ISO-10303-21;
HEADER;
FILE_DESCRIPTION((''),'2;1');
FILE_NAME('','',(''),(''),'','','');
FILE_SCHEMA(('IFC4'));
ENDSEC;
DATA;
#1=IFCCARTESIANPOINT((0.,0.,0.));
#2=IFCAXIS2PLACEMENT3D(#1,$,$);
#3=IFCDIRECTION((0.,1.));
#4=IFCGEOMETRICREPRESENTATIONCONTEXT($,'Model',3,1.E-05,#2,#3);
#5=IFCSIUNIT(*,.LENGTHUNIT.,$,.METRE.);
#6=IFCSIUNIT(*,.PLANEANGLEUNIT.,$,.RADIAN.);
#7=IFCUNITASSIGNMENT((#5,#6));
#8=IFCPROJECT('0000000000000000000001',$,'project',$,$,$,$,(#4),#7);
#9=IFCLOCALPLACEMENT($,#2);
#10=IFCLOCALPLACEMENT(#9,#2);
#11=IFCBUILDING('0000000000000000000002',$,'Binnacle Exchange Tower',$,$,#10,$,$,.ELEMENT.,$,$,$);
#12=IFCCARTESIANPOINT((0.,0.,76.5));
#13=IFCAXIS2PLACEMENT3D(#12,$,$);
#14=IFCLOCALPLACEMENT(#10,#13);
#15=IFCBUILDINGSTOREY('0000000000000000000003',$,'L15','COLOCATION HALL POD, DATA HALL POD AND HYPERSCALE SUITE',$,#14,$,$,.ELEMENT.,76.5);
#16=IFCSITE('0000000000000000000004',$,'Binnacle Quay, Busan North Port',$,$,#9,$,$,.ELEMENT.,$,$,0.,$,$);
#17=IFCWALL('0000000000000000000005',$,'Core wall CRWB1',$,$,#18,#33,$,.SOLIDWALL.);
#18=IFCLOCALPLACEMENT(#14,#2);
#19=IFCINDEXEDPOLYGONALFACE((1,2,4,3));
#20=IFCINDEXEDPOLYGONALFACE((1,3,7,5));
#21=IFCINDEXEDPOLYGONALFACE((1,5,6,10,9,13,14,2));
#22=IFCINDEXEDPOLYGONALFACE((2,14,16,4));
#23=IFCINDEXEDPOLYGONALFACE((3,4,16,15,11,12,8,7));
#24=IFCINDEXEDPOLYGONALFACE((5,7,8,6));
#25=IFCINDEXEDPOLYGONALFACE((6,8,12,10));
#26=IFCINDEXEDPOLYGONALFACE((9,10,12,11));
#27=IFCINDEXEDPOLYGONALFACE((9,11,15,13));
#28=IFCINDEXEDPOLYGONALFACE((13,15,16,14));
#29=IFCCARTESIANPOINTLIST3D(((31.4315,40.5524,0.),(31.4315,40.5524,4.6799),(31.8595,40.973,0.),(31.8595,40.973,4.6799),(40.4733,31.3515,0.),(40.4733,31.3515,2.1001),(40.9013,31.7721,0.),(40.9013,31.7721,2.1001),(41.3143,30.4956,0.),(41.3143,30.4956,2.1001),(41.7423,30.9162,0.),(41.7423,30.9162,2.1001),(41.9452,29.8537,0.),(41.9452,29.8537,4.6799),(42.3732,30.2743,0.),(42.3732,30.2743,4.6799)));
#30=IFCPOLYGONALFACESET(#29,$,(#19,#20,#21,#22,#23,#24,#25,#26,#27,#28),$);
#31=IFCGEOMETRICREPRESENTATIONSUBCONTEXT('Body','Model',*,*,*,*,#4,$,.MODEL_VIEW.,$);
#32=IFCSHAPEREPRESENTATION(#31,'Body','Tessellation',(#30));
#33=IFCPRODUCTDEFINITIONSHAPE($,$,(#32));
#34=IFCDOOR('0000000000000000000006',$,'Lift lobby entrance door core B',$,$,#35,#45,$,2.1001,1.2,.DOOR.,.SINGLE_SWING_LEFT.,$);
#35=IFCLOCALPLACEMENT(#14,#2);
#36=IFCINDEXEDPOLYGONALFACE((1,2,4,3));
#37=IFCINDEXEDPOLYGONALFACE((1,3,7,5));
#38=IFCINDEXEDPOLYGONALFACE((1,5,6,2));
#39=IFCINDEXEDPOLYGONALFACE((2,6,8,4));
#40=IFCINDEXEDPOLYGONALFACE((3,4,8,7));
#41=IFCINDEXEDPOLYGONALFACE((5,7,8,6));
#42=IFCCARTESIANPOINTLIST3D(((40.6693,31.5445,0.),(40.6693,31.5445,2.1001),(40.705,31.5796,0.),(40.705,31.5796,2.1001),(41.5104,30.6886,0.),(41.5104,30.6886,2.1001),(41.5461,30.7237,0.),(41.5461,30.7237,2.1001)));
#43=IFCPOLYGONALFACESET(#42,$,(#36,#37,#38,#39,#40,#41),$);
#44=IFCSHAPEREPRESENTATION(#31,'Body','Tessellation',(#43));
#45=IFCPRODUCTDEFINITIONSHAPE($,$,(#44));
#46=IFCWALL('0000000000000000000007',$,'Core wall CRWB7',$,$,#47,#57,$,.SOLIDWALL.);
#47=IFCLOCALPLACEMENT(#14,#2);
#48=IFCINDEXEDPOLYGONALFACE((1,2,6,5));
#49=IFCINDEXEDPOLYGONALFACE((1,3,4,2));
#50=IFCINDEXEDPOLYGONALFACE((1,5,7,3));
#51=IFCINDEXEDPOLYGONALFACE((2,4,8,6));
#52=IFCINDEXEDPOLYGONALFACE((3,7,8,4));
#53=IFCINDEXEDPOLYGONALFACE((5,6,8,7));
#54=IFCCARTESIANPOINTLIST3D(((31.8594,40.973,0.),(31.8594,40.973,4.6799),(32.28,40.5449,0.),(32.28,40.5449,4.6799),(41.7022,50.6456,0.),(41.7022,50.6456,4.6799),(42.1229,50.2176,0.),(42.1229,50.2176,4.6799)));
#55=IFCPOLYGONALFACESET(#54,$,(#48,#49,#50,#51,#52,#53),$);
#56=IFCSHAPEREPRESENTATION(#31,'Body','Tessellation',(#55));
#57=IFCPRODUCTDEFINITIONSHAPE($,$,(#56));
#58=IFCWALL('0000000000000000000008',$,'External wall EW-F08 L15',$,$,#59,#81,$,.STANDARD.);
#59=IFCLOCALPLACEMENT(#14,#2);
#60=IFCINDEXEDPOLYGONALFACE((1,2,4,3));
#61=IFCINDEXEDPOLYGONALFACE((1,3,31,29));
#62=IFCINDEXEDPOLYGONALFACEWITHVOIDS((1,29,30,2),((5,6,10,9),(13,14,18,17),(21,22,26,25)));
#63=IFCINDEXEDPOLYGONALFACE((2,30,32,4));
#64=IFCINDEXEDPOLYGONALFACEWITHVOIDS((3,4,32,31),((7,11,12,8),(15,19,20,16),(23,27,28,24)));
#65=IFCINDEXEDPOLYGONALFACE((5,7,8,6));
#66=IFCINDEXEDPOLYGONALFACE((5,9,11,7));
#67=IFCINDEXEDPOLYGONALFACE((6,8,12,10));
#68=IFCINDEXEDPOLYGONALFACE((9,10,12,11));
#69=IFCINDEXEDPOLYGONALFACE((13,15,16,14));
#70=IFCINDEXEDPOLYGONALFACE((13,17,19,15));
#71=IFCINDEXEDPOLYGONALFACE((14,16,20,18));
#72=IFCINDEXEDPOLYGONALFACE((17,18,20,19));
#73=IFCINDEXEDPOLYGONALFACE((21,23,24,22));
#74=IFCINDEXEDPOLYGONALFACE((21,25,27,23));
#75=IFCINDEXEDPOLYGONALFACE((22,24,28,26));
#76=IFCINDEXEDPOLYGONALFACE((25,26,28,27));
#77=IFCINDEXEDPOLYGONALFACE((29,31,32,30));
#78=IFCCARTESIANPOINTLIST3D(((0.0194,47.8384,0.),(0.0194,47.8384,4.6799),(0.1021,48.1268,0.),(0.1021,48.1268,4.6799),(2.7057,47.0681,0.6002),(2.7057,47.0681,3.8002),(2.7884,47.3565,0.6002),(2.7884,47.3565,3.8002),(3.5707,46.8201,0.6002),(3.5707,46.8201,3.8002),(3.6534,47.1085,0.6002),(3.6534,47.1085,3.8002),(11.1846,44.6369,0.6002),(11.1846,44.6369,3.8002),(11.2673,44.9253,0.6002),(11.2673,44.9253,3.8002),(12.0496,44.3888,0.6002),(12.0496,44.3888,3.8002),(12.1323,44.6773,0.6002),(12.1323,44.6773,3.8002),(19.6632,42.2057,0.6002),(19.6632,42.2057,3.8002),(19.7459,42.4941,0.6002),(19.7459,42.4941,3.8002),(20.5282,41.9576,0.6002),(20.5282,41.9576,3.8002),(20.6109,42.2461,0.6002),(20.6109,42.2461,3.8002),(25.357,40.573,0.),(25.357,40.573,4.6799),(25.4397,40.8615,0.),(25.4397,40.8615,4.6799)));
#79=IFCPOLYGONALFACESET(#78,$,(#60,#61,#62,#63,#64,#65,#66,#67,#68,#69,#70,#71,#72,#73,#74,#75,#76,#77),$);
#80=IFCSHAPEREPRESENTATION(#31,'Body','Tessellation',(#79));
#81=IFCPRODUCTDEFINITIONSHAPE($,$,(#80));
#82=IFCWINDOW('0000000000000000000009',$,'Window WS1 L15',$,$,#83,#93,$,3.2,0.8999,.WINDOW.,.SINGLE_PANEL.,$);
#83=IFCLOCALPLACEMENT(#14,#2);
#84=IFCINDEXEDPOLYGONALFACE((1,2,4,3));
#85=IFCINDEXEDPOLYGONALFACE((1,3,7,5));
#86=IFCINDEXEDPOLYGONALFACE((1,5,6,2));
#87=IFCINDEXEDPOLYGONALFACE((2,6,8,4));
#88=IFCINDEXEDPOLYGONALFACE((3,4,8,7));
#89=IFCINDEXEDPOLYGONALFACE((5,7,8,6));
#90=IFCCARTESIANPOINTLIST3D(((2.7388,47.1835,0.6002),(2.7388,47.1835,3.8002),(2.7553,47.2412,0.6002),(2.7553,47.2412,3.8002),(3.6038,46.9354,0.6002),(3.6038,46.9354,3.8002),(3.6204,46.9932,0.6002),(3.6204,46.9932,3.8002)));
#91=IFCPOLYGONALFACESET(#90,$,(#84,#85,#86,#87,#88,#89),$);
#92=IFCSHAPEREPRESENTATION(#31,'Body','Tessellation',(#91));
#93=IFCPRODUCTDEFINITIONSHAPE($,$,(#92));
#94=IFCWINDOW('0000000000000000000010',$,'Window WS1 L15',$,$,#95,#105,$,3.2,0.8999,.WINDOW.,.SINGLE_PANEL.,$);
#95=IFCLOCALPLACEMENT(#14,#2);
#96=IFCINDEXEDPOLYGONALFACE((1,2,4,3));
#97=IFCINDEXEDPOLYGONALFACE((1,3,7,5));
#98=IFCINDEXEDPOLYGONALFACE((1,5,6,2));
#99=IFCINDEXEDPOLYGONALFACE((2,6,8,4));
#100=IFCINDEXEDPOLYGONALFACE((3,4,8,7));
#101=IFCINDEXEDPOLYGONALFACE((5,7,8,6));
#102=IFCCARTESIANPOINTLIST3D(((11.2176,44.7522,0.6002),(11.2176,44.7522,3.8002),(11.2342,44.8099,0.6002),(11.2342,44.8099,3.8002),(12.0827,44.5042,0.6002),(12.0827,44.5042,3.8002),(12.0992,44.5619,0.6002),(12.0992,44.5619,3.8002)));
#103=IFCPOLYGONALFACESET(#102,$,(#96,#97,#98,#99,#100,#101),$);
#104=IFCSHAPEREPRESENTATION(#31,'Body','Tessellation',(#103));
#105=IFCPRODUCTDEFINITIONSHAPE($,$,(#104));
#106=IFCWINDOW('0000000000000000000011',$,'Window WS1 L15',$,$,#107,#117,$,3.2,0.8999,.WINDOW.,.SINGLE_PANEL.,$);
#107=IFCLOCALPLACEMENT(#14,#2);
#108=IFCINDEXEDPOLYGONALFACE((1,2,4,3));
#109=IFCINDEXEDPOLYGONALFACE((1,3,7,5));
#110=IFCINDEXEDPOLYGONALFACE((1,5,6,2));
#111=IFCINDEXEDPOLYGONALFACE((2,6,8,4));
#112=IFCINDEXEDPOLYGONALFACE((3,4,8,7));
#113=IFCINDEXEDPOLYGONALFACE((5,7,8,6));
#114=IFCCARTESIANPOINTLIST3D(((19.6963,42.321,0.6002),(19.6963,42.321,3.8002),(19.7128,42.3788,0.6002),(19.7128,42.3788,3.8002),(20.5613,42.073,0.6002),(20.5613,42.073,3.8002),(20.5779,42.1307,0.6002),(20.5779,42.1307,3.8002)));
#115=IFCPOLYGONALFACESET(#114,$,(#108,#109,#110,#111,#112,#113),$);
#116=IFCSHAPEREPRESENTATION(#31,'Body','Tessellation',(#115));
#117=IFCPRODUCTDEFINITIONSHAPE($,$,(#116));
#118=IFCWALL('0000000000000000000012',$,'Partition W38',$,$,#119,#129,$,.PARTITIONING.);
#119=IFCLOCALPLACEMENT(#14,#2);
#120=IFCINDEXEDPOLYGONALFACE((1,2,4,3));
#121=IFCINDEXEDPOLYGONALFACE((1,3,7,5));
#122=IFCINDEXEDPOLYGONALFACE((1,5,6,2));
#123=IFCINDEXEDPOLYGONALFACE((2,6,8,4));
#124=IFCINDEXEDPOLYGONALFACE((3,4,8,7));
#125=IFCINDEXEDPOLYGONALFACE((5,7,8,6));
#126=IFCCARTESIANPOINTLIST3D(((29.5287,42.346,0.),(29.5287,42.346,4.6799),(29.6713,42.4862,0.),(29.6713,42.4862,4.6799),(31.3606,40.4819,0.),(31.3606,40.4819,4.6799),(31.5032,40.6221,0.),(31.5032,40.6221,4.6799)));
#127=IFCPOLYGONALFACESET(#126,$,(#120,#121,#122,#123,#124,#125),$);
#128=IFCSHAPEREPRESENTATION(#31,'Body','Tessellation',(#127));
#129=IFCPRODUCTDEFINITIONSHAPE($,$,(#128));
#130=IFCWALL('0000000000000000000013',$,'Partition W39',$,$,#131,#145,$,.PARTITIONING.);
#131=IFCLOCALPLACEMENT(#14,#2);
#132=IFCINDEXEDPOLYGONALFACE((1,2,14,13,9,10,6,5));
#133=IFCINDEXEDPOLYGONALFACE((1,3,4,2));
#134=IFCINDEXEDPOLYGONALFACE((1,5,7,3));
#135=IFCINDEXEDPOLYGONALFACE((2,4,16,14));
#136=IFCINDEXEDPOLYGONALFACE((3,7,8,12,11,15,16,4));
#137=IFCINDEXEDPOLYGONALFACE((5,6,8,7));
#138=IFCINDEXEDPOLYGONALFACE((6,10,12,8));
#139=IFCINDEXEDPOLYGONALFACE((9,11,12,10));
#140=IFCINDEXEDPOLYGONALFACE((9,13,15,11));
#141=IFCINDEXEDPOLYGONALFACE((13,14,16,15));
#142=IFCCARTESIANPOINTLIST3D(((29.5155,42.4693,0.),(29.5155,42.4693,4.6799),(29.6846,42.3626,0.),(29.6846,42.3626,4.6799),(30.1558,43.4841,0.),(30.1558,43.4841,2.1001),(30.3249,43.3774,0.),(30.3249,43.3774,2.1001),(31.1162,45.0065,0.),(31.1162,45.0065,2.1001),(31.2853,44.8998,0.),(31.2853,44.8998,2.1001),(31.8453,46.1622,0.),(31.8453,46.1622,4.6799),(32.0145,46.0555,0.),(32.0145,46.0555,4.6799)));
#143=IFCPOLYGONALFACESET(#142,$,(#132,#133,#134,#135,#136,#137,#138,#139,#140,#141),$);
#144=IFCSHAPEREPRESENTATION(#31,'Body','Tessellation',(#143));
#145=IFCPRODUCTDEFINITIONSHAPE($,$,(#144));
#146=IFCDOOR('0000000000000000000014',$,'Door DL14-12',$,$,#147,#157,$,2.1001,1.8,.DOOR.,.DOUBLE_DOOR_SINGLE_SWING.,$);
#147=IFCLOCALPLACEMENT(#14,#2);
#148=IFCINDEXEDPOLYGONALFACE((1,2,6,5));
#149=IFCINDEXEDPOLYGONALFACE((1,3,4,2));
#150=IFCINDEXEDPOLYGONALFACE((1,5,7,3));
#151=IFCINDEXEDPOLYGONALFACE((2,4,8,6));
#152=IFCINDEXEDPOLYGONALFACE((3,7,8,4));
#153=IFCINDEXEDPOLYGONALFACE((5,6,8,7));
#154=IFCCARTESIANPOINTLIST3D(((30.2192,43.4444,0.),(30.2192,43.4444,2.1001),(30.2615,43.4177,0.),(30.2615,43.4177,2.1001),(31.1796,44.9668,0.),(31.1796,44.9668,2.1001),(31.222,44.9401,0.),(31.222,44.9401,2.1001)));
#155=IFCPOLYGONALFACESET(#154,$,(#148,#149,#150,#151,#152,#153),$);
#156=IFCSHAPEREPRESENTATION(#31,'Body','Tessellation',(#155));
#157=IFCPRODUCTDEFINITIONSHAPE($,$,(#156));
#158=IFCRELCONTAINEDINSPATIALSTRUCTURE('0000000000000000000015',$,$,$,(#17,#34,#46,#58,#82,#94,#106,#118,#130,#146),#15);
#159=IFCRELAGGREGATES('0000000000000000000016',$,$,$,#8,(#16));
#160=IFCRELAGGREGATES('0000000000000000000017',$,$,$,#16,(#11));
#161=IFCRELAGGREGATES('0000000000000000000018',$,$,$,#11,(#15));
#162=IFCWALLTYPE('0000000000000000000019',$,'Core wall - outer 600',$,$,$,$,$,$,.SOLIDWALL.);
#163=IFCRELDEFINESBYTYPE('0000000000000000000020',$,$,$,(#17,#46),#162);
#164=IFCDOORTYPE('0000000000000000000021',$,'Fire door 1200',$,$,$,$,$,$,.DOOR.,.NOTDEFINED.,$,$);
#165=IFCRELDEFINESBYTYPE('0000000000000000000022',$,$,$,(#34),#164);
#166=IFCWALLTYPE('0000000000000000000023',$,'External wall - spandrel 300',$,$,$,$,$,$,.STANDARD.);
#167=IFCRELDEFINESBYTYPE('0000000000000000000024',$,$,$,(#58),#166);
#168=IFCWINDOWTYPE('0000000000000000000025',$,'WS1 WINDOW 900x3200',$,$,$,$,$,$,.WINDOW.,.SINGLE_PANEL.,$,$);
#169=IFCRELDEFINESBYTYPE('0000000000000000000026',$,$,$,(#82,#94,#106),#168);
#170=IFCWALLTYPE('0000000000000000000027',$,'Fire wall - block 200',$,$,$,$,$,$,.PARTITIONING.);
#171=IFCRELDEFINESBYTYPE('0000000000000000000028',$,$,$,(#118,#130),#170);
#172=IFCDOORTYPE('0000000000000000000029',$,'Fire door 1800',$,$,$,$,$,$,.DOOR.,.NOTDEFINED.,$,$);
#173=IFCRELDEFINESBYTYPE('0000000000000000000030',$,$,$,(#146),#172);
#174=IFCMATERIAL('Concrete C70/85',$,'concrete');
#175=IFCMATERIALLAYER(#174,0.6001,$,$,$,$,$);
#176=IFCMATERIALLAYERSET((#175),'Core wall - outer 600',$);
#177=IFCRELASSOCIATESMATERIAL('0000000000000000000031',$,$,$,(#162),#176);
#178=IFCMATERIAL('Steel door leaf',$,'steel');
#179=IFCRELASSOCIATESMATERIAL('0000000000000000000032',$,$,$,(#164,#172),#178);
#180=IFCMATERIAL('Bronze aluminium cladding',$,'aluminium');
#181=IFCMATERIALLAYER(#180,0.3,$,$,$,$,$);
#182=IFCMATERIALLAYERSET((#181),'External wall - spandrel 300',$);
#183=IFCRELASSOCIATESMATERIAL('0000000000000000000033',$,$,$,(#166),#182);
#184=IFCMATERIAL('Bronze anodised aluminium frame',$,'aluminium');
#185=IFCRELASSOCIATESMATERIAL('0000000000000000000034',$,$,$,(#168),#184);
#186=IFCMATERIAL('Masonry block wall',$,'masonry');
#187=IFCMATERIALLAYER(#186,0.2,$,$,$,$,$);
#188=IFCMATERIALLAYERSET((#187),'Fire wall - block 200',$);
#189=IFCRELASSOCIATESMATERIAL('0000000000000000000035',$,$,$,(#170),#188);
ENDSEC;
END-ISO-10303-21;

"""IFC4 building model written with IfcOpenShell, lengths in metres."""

from ifc_helpers import new_model, si_unit, direction, frame, frame_2d, origin, place, context, subcontext, project, spatial, rectangle, extrude, material, layer, layer_set, type_object, element, fill, save


model = new_model("IFC4")

# Units and contexts
model_context = context("Model", 3, precision=1e-05, world=origin(), true_north=direction((0.0, 1.0)))
body_context = subcontext(model_context, "Body", "Model", "MODEL_VIEW")
ifc_project = project(units=[si_unit("LENGTHUNIT", "METRE"), si_unit("PLANEANGLEUNIT", "RADIAN")], contexts=[model_context])

# Site, building, storey
site_placement = place(None, origin())
site = spatial("IfcSite", under=ifc_project, at=site_placement, Name="Binnacle Quay, Busan North Port", CompositionType="ELEMENT", RefElevation=0.0)
building_placement = place(site_placement, origin())
building = spatial("IfcBuilding", under=site, at=building_placement, Name="Binnacle Exchange Tower", CompositionType="ELEMENT")
storey_placement = place(building_placement, frame((0.0, 0.0, 76.5)))
storey = spatial("IfcBuildingStorey", under=building, at=storey_placement, Name="L15", Description="COLOCATION HALL POD, DATA HALL POD AND HYPERSCALE SUITE", CompositionType="ELEMENT", Elevation=76.5)

# Shared definitions
ifc_material_1 = material(Name="Concrete C70/85", Category="concrete")

# Wall, opening, door
ifc_layer_1 = layer(ifc_material_1, 0.6001)
ifc_layer_set_1 = layer_set([ifc_layer_1], Name="Core wall - outer 600")
wall_type_1 = type_object("IfcWallType", Name="Core wall - outer 600", PredefinedType="SOLIDWALL", material=ifc_layer_set_1)
wall_1_placement = place(storey_placement, frame((31.6455, 40.7627, 0.0), z_axis=(0.0, 0.0, 1.0), x_axis=(0.700911, -0.713248, 0.0)))
wall_1 = element("IfcWall", 1, at=wall_1_placement, inside=storey, type_object=wall_type_1, Name="Core wall CRWB1", PredefinedType="SOLIDWALL", context=body_context, shape_type="SweptSolid", body=[
    extrude(rectangle(XDim=15.0, YDim=0.6001, at=frame_2d((7.5, 0.0))), origin(), (0.0, 0.0, 1.0), 4.6799),
])
opening_1_placement = place(wall_1_placement, frame((12.8999, 0.0, 0.0)))
opening_1 = element("IfcOpeningElement", 2, at=opening_1_placement, cuts=wall_1, PredefinedType="OPENING", context=body_context, shape_type="SweptSolid", body=[
    extrude(rectangle(XDim=1.2, YDim=2.1001, at=frame_2d((0.6001, 1.05))), frame((0.0, 0.3101, 0.0), z_axis=(0.0, -1.0, 0.0), x_axis=(1.0, 0.0, 0.0)), (0.0, 0.0, 1.0), 0.6201),
])
ifc_material_2 = material(Name="Steel door leaf", Category="steel")
door_type_1 = type_object("IfcDoorType", Name="Fire door 1200", OperationType="NOTDEFINED", PredefinedType="DOOR", material=ifc_material_2)
door_1_placement = place(opening_1_placement, frame((1.2, 0.0, 0.0), z_axis=(0.0, 0.0, 1.0), x_axis=(-1.0, 0.0, 0.0)))
door_1 = element("IfcDoor", 3, at=door_1_placement, inside=storey, type_object=door_type_1, Name="Lift lobby entrance door core B", OperationType="SINGLE_SWING_LEFT", OverallHeight=2.1001, OverallWidth=1.2, PredefinedType="DOOR", context=body_context, shape_type="SweptSolid", body=[
    extrude(rectangle(XDim=1.2, YDim=2.1001, at=frame_2d((0.6001, 1.05))), frame((0.0, 0.0249, 0.0), z_axis=(0.0, -1.0, 0.0), x_axis=(1.0, 0.0, 0.0)), (0.0, 0.0, 1.0), 0.05),
])
fill(opening_1, door_1)

# Wall
wall_2_placement = place(storey_placement, frame((32.0698, 40.759, 0.0), z_axis=(0.0, 0.0, 1.0), x_axis=(0.713245, 0.700914, 0.0)))
element("IfcWall", 4, at=wall_2_placement, inside=storey, type_object=wall_type_1, Name="Core wall CRWB7", PredefinedType="SOLIDWALL", context=body_context, shape_type="SweptSolid", body=[
    extrude(rectangle(XDim=13.8, YDim=0.6001, at=frame_2d((6.8999, 0.0))), origin(), (0.0, 0.0, 1.0), 4.6799),
])

# Wall, openings, windows
ifc_material_3 = material(Name="Bronze aluminium cladding", Category="aluminium")
ifc_layer_2 = layer(ifc_material_3, 0.3)
ifc_layer_set_2 = layer_set([ifc_layer_2], Name="External wall - spandrel 300")
wall_type_2 = type_object("IfcWallType", Name="External wall - spandrel 300", PredefinedType="STANDARD", material=ifc_layer_set_2)
wall_3_placement = place(storey_placement, frame((25.3982, 40.7173, 0.0), z_axis=(0.0, 0.0, 1.0), x_axis=(-0.961262, 0.275635, 0.0)))
wall_3 = element("IfcWall", 5, at=wall_3_placement, inside=storey, type_object=wall_type_2, Name="External wall EW-F08 L15", PredefinedType="STANDARD", context=body_context, shape_type="SweptSolid", body=[
    extrude(rectangle(XDim=26.3586, YDim=0.3, at=frame_2d((13.1792, 0.0))), origin(), (0.0, 0.0, 1.0), 4.6799),
])
opening_2_placement = place(wall_3_placement, frame((22.6641, 0.0, 0.6001)))
opening_2 = element("IfcOpeningElement", 6, at=opening_2_placement, cuts=wall_3, PredefinedType="OPENING", context=body_context, shape_type="SweptSolid", body=[
    extrude(rectangle(XDim=0.8999, YDim=3.2, at=frame_2d((0.45, 1.6001))), frame((0.0, 0.1599, 0.0), z_axis=(0.0, -1.0, 0.0), x_axis=(1.0, 0.0, 0.0)), (0.0, 0.0, 1.0), 0.3201),
])
opening_3_placement = place(wall_3_placement, frame((13.8435, 0.0, 0.6001)))
opening_3 = element("IfcOpeningElement", 7, at=opening_3_placement, cuts=wall_3, PredefinedType="OPENING", context=body_context, shape_type="SweptSolid", body=[
    extrude(rectangle(XDim=0.8999, YDim=3.2, at=frame_2d((0.45, 1.6001))), frame((0.0, 0.1599, 0.0), z_axis=(0.0, -1.0, 0.0), x_axis=(1.0, 0.0, 0.0)), (0.0, 0.0, 1.0), 0.3201),
])
opening_4_placement = place(wall_3_placement, frame((5.0232, 0.0, 0.6001)))
opening_4 = element("IfcOpeningElement", 8, at=opening_4_placement, cuts=wall_3, PredefinedType="OPENING", context=body_context, shape_type="SweptSolid", body=[
    extrude(rectangle(XDim=0.8999, YDim=3.2, at=frame_2d((0.45, 1.6001))), frame((0.0, 0.1599, 0.0), z_axis=(0.0, -1.0, 0.0), x_axis=(1.0, 0.0, 0.0)), (0.0, 0.0, 1.0), 0.3201),
])
ifc_material_4 = material(Name="Bronze anodised aluminium frame", Category="aluminium")
window_type = type_object("IfcWindowType", Name="WS1 WINDOW 900x3200", PartitioningType="SINGLE_PANEL", PredefinedType="WINDOW", material=ifc_material_4)
window_1_placement = place(opening_2_placement, origin())
window_1 = element("IfcWindow", 9, at=window_1_placement, inside=storey, type_object=window_type, Name="Window WS1 L15", OverallHeight=3.2, OverallWidth=0.8999, PartitioningType="SINGLE_PANEL", PredefinedType="WINDOW", context=body_context, shape_type="SweptSolid", body=[
    extrude(rectangle(XDim=0.8999, YDim=3.2, at=frame_2d((0.45, 1.6001))), frame((0.0, 0.03, 0.0), z_axis=(0.0, -1.0, 0.0), x_axis=(1.0, 0.0, 0.0)), (0.0, 0.0, 1.0), 0.0601),
])
fill(opening_2, window_1)
window_2_placement = place(opening_3_placement, origin())
window_2 = element("IfcWindow", 10, at=window_2_placement, inside=storey, type_object=window_type, Name="Window WS1 L15", OverallHeight=3.2, OverallWidth=0.8999, PartitioningType="SINGLE_PANEL", PredefinedType="WINDOW", context=body_context, shape_type="SweptSolid", body=[
    extrude(rectangle(XDim=0.8999, YDim=3.2, at=frame_2d((0.45, 1.6001))), frame((0.0, 0.03, 0.0), z_axis=(0.0, -1.0, 0.0), x_axis=(1.0, 0.0, 0.0)), (0.0, 0.0, 1.0), 0.0601),
])
fill(opening_3, window_2)
window_3_placement = place(opening_4_placement, origin())
window_3 = element("IfcWindow", 11, at=window_3_placement, inside=storey, type_object=window_type, Name="Window WS1 L15", OverallHeight=3.2, OverallWidth=0.8999, PartitioningType="SINGLE_PANEL", PredefinedType="WINDOW", context=body_context, shape_type="SweptSolid", body=[
    extrude(rectangle(XDim=0.8999, YDim=3.2, at=frame_2d((0.45, 1.6001))), frame((0.0, 0.03, 0.0), z_axis=(0.0, -1.0, 0.0), x_axis=(1.0, 0.0, 0.0)), (0.0, 0.0, 1.0), 0.0601),
])
fill(opening_4, window_3)

# Wall
ifc_material_5 = material(Name="Masonry block wall", Category="masonry")
ifc_layer_3 = layer(ifc_material_5, 0.2)
ifc_layer_set_3 = layer_set([ifc_layer_3], Name="Fire wall - block 200")
wall_type_3 = type_object("IfcWallType", Name="Fire wall - block 200", PredefinedType="PARTITIONING", material=ifc_layer_set_3)
wall_4_placement = place(storey_placement, frame((29.6001, 42.416, 0.0), z_axis=(0.0, 0.0, 1.0), x_axis=(0.700914, -0.713245, 0.0)))
element("IfcWall", 12, at=wall_4_placement, inside=storey, type_object=wall_type_3, Name="Partition W38", PredefinedType="PARTITIONING", context=body_context, shape_type="SweptSolid", body=[
    extrude(rectangle(XDim=2.6135, YDim=0.2, at=frame_2d((1.3066, 0.0))), origin(), (0.0, 0.0, 1.0), 4.6799),
])

# Wall, opening, door
wall_5_placement = place(storey_placement, frame((29.6001, 42.416, 0.0), z_axis=(0.0, 0.0, 1.0), x_axis=(0.533583, 0.845748, 0.0)))
wall_5 = element("IfcWall", 13, at=wall_5_placement, inside=storey, type_object=wall_type_3, Name="Partition W39", PredefinedType="PARTITIONING", context=body_context, shape_type="SweptSolid", body=[
    extrude(rectangle(XDim=4.3665, YDim=0.2, at=frame_2d((2.1831, 0.0))), origin(), (0.0, 0.0, 1.0), 4.6799),
])
opening_5_placement = place(wall_5_placement, frame((1.2, 0.0, 0.0)))
opening_5 = element("IfcOpeningElement", 14, at=opening_5_placement, cuts=wall_5, PredefinedType="OPENING", context=body_context, shape_type="SweptSolid", body=[
    extrude(rectangle(XDim=1.8, YDim=2.1001, at=frame_2d((0.8999, 1.05))), frame((0.0, 0.1099, 0.0), z_axis=(0.0, -1.0, 0.0), x_axis=(1.0, 0.0, 0.0)), (0.0, 0.0, 1.0), 0.22),
])
door_type_2 = type_object("IfcDoorType", Name="Fire door 1800", OperationType="NOTDEFINED", PredefinedType="DOOR", material=ifc_material_2)
door_2_placement = place(opening_5_placement, frame((1.8, 0.0, 0.0), z_axis=(0.0, 0.0, 1.0), x_axis=(-1.0, 0.0, 0.0)))
door_2 = element("IfcDoor", 15, at=door_2_placement, inside=storey, type_object=door_type_2, Name="Door DL14-12", OperationType="DOUBLE_DOOR_SINGLE_SWING", OverallHeight=2.1001, OverallWidth=1.8, PredefinedType="DOOR", context=body_context, shape_type="SweptSolid", body=[
    extrude(rectangle(XDim=1.8, YDim=2.1001, at=frame_2d((0.8999, 1.05))), frame((0.0, 0.0249, 0.0), z_axis=(0.0, -1.0, 0.0), x_axis=(1.0, 0.0, 0.0)), (0.0, 0.0, 1.0), 0.05),
])
fill(opening_5, door_2)

save(model, "model.ifc")
